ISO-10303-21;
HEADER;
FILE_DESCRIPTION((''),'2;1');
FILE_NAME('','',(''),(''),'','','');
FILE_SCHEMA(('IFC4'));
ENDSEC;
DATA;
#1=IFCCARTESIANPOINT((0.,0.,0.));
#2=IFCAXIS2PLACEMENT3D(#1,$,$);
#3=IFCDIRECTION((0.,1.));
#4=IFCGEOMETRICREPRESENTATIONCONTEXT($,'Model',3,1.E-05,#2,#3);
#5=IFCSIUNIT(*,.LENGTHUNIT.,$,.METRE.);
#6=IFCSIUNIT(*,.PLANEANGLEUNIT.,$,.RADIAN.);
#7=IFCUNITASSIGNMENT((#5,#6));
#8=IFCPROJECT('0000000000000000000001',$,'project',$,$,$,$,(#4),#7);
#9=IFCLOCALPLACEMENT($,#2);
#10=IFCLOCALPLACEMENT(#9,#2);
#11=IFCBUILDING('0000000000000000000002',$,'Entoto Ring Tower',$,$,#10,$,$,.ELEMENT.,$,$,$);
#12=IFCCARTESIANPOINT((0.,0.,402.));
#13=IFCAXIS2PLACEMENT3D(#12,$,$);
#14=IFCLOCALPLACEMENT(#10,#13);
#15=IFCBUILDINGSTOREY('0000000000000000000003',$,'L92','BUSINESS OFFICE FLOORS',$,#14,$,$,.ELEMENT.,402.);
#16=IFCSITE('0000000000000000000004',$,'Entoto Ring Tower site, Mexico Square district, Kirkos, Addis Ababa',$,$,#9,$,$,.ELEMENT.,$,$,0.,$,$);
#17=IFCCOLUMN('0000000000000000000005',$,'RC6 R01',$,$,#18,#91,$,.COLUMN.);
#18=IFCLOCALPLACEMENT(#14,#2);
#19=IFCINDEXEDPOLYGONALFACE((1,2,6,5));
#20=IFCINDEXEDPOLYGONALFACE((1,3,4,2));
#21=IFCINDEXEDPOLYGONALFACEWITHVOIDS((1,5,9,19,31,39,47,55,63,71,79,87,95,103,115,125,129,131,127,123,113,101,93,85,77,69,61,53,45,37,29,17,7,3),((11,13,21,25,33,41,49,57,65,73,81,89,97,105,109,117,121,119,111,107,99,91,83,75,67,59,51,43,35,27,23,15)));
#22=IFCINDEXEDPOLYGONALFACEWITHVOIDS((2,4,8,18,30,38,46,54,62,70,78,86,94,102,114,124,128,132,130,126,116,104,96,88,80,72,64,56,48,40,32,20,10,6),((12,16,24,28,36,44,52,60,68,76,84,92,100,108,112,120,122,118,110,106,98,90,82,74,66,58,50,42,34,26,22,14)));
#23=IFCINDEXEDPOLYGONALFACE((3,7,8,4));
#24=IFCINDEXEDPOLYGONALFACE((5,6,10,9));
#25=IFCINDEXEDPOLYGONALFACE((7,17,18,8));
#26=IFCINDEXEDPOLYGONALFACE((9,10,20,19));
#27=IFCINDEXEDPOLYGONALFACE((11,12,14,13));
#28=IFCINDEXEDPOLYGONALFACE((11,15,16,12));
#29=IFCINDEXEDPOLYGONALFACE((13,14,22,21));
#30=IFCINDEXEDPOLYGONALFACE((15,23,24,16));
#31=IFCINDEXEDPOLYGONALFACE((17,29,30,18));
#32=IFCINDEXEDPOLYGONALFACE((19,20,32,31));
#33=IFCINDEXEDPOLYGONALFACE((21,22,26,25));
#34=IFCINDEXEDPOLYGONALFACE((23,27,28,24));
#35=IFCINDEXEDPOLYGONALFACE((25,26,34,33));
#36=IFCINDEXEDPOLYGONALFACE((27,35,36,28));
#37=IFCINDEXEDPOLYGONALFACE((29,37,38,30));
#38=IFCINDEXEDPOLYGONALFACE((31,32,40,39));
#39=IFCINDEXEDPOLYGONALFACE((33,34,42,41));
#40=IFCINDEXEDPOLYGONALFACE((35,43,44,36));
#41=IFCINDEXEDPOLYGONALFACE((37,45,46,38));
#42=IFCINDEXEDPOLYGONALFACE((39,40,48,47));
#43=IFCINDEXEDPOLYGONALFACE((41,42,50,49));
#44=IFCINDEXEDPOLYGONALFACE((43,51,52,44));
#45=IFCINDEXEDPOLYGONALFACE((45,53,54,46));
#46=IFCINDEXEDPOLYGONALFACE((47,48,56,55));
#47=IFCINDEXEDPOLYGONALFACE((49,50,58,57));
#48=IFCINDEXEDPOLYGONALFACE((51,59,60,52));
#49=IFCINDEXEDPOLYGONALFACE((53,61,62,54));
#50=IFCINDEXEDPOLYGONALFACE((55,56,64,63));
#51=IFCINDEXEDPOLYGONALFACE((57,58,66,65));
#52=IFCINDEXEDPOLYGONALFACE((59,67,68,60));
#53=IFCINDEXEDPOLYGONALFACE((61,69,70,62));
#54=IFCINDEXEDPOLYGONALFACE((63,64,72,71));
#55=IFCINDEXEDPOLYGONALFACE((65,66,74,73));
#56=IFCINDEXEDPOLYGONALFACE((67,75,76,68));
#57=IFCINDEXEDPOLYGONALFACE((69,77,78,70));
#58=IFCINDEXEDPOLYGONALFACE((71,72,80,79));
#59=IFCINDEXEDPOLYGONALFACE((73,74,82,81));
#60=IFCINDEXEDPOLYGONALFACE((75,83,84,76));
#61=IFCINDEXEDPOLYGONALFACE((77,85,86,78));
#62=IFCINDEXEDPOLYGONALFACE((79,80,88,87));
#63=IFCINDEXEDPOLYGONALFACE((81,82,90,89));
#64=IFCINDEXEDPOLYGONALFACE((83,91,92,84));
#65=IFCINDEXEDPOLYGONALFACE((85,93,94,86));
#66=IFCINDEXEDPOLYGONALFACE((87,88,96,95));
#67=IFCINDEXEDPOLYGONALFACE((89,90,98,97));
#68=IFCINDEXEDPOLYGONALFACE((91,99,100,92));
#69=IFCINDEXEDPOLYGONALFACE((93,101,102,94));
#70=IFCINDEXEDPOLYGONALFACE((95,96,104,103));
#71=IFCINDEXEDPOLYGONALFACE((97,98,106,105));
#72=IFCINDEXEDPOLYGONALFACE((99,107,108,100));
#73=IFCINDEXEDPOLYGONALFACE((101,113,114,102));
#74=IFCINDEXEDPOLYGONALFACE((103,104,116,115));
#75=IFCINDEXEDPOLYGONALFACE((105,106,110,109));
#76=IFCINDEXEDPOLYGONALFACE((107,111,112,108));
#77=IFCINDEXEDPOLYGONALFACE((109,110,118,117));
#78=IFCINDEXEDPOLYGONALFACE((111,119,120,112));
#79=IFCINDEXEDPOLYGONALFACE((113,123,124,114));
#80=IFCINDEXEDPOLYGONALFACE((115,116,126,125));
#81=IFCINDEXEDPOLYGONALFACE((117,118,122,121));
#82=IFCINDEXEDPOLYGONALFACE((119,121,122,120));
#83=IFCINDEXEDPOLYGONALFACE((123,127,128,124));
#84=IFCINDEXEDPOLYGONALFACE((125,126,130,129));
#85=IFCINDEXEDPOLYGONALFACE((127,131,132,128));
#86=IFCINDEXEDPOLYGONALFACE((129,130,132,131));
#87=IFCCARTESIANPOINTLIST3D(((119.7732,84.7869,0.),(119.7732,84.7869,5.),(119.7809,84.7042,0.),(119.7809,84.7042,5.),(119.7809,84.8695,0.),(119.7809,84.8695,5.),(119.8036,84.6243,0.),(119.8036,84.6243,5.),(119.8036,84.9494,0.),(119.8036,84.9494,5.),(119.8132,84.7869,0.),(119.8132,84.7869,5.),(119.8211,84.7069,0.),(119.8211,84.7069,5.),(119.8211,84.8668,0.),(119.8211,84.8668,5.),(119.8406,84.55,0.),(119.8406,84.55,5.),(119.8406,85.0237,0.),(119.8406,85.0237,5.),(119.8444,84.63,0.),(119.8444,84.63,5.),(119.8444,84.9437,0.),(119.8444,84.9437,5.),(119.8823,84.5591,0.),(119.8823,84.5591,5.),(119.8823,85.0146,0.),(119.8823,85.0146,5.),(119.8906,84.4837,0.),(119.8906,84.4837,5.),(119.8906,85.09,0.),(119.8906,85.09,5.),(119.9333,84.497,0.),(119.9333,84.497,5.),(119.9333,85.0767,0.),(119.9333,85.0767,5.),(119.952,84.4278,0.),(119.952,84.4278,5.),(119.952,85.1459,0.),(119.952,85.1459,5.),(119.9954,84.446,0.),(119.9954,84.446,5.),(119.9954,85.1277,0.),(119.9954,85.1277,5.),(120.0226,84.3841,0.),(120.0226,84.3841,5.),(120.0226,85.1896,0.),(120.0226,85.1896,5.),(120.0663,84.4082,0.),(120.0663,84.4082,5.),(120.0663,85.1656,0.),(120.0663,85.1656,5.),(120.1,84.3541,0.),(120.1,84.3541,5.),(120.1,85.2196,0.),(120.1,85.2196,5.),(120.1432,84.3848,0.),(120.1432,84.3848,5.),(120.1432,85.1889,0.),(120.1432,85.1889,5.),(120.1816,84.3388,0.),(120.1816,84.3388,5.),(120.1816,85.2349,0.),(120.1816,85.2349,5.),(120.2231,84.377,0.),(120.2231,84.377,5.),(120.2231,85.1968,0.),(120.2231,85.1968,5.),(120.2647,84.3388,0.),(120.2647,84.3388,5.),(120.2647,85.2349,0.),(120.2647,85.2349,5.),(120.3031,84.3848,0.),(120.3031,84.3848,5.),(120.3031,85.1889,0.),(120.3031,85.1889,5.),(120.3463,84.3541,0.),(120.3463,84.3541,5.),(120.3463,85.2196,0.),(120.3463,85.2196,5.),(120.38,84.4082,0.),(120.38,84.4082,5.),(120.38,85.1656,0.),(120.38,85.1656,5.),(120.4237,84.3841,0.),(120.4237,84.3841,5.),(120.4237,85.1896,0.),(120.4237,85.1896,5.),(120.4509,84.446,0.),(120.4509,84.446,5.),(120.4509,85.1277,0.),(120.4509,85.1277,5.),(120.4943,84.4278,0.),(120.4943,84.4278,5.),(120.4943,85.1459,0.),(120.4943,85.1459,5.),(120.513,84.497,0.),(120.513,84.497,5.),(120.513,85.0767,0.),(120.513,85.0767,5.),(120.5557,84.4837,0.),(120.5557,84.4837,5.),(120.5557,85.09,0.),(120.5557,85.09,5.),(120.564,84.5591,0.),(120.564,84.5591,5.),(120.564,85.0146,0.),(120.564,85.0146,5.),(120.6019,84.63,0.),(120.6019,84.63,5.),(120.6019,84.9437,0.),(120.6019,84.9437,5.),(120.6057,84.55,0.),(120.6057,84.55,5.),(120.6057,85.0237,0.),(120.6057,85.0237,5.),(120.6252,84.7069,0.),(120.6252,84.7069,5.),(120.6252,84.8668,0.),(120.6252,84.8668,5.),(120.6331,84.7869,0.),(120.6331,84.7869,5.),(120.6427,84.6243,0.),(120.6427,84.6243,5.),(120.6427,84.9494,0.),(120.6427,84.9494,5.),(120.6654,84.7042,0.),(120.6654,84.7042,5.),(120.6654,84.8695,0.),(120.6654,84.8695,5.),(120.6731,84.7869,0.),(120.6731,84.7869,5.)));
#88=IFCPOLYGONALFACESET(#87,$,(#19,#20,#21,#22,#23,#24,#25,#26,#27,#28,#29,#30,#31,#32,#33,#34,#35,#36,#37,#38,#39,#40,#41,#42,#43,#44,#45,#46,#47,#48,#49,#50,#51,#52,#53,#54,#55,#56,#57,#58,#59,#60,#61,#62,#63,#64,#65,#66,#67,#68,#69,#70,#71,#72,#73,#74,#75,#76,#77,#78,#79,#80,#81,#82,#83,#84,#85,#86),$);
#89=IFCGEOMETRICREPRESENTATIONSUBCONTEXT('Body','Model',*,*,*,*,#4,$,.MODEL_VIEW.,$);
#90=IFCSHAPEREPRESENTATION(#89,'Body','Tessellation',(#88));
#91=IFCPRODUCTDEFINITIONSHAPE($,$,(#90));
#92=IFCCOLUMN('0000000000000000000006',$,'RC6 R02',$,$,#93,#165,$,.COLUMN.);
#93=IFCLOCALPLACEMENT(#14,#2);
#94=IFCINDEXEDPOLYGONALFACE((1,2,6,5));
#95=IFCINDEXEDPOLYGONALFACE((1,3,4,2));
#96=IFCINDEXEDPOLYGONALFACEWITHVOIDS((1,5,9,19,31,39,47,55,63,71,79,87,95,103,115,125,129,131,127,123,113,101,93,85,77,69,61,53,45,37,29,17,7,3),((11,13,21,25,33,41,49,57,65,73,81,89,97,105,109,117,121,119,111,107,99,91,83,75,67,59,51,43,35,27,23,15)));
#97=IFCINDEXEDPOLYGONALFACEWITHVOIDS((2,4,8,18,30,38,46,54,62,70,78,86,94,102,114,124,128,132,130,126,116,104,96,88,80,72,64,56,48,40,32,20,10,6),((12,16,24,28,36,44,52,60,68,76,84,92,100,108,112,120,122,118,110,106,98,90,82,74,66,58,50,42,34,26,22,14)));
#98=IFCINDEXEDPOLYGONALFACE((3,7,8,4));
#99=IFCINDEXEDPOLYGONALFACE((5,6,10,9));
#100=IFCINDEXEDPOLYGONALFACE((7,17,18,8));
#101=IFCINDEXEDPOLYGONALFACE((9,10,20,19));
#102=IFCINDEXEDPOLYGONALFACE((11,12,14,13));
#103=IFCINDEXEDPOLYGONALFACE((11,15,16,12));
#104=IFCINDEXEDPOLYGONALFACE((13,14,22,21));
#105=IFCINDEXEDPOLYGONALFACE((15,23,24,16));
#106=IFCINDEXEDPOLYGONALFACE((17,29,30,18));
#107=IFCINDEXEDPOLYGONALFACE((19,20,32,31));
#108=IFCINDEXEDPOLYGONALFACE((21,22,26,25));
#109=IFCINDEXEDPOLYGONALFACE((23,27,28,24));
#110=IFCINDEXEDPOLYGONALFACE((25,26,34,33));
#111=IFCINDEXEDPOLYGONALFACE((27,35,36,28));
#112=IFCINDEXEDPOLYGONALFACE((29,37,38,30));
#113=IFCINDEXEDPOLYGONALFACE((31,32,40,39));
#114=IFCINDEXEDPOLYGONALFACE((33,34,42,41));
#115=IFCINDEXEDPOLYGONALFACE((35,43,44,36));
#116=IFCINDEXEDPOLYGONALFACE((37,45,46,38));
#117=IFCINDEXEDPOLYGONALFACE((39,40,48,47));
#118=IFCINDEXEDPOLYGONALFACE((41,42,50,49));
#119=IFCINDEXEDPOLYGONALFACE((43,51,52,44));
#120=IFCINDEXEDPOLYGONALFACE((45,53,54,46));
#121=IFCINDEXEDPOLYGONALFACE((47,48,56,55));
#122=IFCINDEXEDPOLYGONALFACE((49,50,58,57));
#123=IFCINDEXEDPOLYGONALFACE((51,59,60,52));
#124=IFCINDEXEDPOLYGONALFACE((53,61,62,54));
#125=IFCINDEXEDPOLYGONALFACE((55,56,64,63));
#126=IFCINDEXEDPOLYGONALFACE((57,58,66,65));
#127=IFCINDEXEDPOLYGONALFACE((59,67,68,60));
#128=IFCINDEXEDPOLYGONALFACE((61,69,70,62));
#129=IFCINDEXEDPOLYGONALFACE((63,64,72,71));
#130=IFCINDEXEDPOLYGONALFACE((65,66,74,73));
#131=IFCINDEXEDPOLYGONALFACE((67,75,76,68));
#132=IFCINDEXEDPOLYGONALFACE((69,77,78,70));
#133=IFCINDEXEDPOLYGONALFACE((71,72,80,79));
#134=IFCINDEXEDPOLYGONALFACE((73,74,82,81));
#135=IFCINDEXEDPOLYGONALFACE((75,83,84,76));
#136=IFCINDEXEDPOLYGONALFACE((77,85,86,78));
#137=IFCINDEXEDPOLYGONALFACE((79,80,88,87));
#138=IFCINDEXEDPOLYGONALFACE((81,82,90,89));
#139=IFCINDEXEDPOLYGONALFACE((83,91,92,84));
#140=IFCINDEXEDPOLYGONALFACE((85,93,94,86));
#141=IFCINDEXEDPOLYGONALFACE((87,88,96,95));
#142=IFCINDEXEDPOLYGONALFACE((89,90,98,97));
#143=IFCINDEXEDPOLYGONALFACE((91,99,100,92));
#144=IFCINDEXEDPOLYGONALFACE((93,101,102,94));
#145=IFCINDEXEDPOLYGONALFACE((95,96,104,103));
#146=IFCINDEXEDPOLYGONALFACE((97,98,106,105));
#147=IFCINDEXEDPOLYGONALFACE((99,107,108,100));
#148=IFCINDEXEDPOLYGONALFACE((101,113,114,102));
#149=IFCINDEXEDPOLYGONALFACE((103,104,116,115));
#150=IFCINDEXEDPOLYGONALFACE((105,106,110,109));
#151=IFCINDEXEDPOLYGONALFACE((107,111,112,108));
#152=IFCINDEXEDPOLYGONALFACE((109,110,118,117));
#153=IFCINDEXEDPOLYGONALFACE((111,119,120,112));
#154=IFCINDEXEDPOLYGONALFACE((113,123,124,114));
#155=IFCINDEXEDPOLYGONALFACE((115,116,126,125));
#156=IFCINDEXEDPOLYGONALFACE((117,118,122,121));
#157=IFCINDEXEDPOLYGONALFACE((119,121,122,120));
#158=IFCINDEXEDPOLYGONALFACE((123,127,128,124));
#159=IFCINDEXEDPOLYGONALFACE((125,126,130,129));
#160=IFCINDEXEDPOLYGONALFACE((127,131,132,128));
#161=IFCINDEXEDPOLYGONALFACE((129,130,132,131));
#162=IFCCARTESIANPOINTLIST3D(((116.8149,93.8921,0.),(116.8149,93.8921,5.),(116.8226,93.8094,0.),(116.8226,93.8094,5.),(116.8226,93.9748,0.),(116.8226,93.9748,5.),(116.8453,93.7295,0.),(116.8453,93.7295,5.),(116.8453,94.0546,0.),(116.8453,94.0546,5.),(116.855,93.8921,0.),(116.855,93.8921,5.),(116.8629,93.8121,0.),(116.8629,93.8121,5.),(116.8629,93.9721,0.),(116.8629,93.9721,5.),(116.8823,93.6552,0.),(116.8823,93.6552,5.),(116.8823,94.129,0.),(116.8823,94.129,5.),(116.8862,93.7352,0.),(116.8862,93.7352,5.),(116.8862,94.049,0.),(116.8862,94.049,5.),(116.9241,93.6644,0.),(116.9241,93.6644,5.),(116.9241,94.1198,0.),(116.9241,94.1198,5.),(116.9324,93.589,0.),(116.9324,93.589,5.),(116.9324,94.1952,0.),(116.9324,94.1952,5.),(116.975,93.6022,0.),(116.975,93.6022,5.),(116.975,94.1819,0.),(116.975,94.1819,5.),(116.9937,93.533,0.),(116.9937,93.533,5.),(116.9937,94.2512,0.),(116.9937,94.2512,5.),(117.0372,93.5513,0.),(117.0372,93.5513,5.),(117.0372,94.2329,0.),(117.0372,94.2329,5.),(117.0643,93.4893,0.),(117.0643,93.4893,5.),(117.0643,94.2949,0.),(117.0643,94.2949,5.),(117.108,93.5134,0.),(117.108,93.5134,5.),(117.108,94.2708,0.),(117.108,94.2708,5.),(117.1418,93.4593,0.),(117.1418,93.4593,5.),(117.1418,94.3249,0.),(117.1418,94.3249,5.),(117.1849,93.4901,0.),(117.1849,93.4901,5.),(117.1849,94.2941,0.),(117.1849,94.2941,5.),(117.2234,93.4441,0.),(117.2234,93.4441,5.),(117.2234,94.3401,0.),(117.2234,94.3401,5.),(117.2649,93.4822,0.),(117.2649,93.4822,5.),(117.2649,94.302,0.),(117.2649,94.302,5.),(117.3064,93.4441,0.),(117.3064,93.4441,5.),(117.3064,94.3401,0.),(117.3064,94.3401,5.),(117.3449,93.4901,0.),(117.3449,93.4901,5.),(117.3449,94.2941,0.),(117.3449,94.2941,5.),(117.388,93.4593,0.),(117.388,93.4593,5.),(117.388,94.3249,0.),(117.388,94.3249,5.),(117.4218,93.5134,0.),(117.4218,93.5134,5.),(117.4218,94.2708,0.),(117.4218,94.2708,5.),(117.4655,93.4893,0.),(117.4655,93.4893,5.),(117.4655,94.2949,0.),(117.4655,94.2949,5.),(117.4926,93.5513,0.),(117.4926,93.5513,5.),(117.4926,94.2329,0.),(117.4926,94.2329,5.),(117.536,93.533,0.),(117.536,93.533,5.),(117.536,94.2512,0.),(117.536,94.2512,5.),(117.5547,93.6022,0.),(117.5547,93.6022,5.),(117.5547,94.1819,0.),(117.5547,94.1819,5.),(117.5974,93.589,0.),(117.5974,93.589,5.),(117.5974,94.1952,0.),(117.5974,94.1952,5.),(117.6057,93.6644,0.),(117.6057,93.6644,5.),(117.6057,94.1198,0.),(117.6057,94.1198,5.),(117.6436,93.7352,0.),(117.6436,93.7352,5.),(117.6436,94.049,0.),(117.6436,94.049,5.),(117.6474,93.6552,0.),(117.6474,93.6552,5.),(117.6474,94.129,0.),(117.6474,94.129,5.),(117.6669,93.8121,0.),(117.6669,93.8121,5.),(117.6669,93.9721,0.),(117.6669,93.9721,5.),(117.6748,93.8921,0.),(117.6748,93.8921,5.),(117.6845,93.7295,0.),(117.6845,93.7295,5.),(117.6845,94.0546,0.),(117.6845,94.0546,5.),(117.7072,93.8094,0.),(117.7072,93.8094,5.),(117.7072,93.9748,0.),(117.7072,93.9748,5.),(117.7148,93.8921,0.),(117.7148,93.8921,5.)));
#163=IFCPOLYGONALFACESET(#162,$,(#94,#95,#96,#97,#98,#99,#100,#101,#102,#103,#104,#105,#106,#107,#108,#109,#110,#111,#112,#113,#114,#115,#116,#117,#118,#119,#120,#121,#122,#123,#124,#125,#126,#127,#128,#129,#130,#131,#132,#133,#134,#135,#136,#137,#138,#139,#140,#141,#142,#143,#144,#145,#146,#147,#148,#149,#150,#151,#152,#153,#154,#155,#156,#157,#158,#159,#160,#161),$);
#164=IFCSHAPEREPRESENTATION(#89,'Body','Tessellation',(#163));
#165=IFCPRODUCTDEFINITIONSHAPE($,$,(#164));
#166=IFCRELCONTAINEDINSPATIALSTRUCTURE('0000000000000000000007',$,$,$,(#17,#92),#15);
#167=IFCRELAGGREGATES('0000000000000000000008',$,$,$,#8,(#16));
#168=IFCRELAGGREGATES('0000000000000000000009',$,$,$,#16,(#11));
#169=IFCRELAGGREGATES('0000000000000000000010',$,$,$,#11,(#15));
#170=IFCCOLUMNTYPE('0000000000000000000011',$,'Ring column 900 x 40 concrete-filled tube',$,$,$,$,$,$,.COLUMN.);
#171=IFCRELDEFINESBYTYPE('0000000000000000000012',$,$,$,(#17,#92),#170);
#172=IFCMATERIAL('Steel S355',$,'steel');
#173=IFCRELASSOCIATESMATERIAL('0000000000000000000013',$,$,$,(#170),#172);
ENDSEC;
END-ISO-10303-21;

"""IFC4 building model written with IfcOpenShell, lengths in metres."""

from ifc_helpers import new_model, si_unit, direction, frame, origin, origin_2d, place, context, subcontext, project, spatial, circle, hollow_circle, extrude, material, material_profile, profile_set, type_object, element, save


model = new_model("IFC4")

# Units and contexts
model_context = context("Model", 3, precision=1e-05, world=origin(), true_north=direction((0.0, 1.0)))
body_context = subcontext(model_context, "Body", "Model", "MODEL_VIEW")
ifc_project = project(units=[si_unit("LENGTHUNIT", "METRE"), si_unit("PLANEANGLEUNIT", "RADIAN")], contexts=[model_context])

# Site, building, storey
site_placement = place(None, origin())
site = spatial("IfcSite", under=ifc_project, at=site_placement, Name="Entoto Ring Tower site, Mexico Square district, Kirkos, Addis Ababa", CompositionType="ELEMENT", RefElevation=0.0)
building_placement = place(site_placement, origin())
building = spatial("IfcBuilding", under=site, at=building_placement, Name="Entoto Ring Tower", CompositionType="ELEMENT")
storey_placement = place(building_placement, frame((0.0, 0.0, 402.0)))
storey = spatial("IfcBuildingStorey", under=building, at=storey_placement, Name="L92", Description="BUSINESS OFFICE FLOORS", CompositionType="ELEMENT", Elevation=402.0)

# Columns
ifc_material_1 = material(Name="Steel S355", Category="steel")
ifc_material_profile_1 = material_profile(ifc_material_1, hollow_circle(Radius=0.45, WallThickness=0.04, at=origin_2d()), Name="CHS 900 x 40")
ifc_material_2 = material(Name="Concrete C60/75", Category="concrete")
ifc_material_profile_2 = material_profile(ifc_material_2, circle(Radius=0.4099, at=origin_2d()), Name="Concrete C60/75 infill")
ifc_profile_set_1 = profile_set([ifc_material_profile_1, ifc_material_profile_2], Name="Steel S355")
column_type = type_object("IfcColumnType", Name="Ring column 900 x 40 concrete-filled tube", PredefinedType="COLUMN", material=ifc_profile_set_1)
for number, where, z_axis, x_axis, name in (
    (1, (120.2231, 84.7869, 0.0), (0.0, 0.0, 1.0), (1.0, 0.0, 0.0), "RC6 R01"),
    (2, (117.2649, 93.8921, 0.0), (0.0, 0.0, 1.0), (1.0, 0.0, 0.0), "RC6 R02"),
):
    element("IfcColumn", number, at=place(storey_placement, frame(where, z_axis=z_axis, x_axis=x_axis)), inside=storey, type_object=column_type, Name=name, PredefinedType="COLUMN", context=body_context, shape_type="SweptSolid", body=[
        extrude(hollow_circle(Radius=0.45, WallThickness=0.04, at=origin_2d()), origin(), (0.0, 0.0, 1.0), 5.0),
    ])

save(model, "model.ifc")
